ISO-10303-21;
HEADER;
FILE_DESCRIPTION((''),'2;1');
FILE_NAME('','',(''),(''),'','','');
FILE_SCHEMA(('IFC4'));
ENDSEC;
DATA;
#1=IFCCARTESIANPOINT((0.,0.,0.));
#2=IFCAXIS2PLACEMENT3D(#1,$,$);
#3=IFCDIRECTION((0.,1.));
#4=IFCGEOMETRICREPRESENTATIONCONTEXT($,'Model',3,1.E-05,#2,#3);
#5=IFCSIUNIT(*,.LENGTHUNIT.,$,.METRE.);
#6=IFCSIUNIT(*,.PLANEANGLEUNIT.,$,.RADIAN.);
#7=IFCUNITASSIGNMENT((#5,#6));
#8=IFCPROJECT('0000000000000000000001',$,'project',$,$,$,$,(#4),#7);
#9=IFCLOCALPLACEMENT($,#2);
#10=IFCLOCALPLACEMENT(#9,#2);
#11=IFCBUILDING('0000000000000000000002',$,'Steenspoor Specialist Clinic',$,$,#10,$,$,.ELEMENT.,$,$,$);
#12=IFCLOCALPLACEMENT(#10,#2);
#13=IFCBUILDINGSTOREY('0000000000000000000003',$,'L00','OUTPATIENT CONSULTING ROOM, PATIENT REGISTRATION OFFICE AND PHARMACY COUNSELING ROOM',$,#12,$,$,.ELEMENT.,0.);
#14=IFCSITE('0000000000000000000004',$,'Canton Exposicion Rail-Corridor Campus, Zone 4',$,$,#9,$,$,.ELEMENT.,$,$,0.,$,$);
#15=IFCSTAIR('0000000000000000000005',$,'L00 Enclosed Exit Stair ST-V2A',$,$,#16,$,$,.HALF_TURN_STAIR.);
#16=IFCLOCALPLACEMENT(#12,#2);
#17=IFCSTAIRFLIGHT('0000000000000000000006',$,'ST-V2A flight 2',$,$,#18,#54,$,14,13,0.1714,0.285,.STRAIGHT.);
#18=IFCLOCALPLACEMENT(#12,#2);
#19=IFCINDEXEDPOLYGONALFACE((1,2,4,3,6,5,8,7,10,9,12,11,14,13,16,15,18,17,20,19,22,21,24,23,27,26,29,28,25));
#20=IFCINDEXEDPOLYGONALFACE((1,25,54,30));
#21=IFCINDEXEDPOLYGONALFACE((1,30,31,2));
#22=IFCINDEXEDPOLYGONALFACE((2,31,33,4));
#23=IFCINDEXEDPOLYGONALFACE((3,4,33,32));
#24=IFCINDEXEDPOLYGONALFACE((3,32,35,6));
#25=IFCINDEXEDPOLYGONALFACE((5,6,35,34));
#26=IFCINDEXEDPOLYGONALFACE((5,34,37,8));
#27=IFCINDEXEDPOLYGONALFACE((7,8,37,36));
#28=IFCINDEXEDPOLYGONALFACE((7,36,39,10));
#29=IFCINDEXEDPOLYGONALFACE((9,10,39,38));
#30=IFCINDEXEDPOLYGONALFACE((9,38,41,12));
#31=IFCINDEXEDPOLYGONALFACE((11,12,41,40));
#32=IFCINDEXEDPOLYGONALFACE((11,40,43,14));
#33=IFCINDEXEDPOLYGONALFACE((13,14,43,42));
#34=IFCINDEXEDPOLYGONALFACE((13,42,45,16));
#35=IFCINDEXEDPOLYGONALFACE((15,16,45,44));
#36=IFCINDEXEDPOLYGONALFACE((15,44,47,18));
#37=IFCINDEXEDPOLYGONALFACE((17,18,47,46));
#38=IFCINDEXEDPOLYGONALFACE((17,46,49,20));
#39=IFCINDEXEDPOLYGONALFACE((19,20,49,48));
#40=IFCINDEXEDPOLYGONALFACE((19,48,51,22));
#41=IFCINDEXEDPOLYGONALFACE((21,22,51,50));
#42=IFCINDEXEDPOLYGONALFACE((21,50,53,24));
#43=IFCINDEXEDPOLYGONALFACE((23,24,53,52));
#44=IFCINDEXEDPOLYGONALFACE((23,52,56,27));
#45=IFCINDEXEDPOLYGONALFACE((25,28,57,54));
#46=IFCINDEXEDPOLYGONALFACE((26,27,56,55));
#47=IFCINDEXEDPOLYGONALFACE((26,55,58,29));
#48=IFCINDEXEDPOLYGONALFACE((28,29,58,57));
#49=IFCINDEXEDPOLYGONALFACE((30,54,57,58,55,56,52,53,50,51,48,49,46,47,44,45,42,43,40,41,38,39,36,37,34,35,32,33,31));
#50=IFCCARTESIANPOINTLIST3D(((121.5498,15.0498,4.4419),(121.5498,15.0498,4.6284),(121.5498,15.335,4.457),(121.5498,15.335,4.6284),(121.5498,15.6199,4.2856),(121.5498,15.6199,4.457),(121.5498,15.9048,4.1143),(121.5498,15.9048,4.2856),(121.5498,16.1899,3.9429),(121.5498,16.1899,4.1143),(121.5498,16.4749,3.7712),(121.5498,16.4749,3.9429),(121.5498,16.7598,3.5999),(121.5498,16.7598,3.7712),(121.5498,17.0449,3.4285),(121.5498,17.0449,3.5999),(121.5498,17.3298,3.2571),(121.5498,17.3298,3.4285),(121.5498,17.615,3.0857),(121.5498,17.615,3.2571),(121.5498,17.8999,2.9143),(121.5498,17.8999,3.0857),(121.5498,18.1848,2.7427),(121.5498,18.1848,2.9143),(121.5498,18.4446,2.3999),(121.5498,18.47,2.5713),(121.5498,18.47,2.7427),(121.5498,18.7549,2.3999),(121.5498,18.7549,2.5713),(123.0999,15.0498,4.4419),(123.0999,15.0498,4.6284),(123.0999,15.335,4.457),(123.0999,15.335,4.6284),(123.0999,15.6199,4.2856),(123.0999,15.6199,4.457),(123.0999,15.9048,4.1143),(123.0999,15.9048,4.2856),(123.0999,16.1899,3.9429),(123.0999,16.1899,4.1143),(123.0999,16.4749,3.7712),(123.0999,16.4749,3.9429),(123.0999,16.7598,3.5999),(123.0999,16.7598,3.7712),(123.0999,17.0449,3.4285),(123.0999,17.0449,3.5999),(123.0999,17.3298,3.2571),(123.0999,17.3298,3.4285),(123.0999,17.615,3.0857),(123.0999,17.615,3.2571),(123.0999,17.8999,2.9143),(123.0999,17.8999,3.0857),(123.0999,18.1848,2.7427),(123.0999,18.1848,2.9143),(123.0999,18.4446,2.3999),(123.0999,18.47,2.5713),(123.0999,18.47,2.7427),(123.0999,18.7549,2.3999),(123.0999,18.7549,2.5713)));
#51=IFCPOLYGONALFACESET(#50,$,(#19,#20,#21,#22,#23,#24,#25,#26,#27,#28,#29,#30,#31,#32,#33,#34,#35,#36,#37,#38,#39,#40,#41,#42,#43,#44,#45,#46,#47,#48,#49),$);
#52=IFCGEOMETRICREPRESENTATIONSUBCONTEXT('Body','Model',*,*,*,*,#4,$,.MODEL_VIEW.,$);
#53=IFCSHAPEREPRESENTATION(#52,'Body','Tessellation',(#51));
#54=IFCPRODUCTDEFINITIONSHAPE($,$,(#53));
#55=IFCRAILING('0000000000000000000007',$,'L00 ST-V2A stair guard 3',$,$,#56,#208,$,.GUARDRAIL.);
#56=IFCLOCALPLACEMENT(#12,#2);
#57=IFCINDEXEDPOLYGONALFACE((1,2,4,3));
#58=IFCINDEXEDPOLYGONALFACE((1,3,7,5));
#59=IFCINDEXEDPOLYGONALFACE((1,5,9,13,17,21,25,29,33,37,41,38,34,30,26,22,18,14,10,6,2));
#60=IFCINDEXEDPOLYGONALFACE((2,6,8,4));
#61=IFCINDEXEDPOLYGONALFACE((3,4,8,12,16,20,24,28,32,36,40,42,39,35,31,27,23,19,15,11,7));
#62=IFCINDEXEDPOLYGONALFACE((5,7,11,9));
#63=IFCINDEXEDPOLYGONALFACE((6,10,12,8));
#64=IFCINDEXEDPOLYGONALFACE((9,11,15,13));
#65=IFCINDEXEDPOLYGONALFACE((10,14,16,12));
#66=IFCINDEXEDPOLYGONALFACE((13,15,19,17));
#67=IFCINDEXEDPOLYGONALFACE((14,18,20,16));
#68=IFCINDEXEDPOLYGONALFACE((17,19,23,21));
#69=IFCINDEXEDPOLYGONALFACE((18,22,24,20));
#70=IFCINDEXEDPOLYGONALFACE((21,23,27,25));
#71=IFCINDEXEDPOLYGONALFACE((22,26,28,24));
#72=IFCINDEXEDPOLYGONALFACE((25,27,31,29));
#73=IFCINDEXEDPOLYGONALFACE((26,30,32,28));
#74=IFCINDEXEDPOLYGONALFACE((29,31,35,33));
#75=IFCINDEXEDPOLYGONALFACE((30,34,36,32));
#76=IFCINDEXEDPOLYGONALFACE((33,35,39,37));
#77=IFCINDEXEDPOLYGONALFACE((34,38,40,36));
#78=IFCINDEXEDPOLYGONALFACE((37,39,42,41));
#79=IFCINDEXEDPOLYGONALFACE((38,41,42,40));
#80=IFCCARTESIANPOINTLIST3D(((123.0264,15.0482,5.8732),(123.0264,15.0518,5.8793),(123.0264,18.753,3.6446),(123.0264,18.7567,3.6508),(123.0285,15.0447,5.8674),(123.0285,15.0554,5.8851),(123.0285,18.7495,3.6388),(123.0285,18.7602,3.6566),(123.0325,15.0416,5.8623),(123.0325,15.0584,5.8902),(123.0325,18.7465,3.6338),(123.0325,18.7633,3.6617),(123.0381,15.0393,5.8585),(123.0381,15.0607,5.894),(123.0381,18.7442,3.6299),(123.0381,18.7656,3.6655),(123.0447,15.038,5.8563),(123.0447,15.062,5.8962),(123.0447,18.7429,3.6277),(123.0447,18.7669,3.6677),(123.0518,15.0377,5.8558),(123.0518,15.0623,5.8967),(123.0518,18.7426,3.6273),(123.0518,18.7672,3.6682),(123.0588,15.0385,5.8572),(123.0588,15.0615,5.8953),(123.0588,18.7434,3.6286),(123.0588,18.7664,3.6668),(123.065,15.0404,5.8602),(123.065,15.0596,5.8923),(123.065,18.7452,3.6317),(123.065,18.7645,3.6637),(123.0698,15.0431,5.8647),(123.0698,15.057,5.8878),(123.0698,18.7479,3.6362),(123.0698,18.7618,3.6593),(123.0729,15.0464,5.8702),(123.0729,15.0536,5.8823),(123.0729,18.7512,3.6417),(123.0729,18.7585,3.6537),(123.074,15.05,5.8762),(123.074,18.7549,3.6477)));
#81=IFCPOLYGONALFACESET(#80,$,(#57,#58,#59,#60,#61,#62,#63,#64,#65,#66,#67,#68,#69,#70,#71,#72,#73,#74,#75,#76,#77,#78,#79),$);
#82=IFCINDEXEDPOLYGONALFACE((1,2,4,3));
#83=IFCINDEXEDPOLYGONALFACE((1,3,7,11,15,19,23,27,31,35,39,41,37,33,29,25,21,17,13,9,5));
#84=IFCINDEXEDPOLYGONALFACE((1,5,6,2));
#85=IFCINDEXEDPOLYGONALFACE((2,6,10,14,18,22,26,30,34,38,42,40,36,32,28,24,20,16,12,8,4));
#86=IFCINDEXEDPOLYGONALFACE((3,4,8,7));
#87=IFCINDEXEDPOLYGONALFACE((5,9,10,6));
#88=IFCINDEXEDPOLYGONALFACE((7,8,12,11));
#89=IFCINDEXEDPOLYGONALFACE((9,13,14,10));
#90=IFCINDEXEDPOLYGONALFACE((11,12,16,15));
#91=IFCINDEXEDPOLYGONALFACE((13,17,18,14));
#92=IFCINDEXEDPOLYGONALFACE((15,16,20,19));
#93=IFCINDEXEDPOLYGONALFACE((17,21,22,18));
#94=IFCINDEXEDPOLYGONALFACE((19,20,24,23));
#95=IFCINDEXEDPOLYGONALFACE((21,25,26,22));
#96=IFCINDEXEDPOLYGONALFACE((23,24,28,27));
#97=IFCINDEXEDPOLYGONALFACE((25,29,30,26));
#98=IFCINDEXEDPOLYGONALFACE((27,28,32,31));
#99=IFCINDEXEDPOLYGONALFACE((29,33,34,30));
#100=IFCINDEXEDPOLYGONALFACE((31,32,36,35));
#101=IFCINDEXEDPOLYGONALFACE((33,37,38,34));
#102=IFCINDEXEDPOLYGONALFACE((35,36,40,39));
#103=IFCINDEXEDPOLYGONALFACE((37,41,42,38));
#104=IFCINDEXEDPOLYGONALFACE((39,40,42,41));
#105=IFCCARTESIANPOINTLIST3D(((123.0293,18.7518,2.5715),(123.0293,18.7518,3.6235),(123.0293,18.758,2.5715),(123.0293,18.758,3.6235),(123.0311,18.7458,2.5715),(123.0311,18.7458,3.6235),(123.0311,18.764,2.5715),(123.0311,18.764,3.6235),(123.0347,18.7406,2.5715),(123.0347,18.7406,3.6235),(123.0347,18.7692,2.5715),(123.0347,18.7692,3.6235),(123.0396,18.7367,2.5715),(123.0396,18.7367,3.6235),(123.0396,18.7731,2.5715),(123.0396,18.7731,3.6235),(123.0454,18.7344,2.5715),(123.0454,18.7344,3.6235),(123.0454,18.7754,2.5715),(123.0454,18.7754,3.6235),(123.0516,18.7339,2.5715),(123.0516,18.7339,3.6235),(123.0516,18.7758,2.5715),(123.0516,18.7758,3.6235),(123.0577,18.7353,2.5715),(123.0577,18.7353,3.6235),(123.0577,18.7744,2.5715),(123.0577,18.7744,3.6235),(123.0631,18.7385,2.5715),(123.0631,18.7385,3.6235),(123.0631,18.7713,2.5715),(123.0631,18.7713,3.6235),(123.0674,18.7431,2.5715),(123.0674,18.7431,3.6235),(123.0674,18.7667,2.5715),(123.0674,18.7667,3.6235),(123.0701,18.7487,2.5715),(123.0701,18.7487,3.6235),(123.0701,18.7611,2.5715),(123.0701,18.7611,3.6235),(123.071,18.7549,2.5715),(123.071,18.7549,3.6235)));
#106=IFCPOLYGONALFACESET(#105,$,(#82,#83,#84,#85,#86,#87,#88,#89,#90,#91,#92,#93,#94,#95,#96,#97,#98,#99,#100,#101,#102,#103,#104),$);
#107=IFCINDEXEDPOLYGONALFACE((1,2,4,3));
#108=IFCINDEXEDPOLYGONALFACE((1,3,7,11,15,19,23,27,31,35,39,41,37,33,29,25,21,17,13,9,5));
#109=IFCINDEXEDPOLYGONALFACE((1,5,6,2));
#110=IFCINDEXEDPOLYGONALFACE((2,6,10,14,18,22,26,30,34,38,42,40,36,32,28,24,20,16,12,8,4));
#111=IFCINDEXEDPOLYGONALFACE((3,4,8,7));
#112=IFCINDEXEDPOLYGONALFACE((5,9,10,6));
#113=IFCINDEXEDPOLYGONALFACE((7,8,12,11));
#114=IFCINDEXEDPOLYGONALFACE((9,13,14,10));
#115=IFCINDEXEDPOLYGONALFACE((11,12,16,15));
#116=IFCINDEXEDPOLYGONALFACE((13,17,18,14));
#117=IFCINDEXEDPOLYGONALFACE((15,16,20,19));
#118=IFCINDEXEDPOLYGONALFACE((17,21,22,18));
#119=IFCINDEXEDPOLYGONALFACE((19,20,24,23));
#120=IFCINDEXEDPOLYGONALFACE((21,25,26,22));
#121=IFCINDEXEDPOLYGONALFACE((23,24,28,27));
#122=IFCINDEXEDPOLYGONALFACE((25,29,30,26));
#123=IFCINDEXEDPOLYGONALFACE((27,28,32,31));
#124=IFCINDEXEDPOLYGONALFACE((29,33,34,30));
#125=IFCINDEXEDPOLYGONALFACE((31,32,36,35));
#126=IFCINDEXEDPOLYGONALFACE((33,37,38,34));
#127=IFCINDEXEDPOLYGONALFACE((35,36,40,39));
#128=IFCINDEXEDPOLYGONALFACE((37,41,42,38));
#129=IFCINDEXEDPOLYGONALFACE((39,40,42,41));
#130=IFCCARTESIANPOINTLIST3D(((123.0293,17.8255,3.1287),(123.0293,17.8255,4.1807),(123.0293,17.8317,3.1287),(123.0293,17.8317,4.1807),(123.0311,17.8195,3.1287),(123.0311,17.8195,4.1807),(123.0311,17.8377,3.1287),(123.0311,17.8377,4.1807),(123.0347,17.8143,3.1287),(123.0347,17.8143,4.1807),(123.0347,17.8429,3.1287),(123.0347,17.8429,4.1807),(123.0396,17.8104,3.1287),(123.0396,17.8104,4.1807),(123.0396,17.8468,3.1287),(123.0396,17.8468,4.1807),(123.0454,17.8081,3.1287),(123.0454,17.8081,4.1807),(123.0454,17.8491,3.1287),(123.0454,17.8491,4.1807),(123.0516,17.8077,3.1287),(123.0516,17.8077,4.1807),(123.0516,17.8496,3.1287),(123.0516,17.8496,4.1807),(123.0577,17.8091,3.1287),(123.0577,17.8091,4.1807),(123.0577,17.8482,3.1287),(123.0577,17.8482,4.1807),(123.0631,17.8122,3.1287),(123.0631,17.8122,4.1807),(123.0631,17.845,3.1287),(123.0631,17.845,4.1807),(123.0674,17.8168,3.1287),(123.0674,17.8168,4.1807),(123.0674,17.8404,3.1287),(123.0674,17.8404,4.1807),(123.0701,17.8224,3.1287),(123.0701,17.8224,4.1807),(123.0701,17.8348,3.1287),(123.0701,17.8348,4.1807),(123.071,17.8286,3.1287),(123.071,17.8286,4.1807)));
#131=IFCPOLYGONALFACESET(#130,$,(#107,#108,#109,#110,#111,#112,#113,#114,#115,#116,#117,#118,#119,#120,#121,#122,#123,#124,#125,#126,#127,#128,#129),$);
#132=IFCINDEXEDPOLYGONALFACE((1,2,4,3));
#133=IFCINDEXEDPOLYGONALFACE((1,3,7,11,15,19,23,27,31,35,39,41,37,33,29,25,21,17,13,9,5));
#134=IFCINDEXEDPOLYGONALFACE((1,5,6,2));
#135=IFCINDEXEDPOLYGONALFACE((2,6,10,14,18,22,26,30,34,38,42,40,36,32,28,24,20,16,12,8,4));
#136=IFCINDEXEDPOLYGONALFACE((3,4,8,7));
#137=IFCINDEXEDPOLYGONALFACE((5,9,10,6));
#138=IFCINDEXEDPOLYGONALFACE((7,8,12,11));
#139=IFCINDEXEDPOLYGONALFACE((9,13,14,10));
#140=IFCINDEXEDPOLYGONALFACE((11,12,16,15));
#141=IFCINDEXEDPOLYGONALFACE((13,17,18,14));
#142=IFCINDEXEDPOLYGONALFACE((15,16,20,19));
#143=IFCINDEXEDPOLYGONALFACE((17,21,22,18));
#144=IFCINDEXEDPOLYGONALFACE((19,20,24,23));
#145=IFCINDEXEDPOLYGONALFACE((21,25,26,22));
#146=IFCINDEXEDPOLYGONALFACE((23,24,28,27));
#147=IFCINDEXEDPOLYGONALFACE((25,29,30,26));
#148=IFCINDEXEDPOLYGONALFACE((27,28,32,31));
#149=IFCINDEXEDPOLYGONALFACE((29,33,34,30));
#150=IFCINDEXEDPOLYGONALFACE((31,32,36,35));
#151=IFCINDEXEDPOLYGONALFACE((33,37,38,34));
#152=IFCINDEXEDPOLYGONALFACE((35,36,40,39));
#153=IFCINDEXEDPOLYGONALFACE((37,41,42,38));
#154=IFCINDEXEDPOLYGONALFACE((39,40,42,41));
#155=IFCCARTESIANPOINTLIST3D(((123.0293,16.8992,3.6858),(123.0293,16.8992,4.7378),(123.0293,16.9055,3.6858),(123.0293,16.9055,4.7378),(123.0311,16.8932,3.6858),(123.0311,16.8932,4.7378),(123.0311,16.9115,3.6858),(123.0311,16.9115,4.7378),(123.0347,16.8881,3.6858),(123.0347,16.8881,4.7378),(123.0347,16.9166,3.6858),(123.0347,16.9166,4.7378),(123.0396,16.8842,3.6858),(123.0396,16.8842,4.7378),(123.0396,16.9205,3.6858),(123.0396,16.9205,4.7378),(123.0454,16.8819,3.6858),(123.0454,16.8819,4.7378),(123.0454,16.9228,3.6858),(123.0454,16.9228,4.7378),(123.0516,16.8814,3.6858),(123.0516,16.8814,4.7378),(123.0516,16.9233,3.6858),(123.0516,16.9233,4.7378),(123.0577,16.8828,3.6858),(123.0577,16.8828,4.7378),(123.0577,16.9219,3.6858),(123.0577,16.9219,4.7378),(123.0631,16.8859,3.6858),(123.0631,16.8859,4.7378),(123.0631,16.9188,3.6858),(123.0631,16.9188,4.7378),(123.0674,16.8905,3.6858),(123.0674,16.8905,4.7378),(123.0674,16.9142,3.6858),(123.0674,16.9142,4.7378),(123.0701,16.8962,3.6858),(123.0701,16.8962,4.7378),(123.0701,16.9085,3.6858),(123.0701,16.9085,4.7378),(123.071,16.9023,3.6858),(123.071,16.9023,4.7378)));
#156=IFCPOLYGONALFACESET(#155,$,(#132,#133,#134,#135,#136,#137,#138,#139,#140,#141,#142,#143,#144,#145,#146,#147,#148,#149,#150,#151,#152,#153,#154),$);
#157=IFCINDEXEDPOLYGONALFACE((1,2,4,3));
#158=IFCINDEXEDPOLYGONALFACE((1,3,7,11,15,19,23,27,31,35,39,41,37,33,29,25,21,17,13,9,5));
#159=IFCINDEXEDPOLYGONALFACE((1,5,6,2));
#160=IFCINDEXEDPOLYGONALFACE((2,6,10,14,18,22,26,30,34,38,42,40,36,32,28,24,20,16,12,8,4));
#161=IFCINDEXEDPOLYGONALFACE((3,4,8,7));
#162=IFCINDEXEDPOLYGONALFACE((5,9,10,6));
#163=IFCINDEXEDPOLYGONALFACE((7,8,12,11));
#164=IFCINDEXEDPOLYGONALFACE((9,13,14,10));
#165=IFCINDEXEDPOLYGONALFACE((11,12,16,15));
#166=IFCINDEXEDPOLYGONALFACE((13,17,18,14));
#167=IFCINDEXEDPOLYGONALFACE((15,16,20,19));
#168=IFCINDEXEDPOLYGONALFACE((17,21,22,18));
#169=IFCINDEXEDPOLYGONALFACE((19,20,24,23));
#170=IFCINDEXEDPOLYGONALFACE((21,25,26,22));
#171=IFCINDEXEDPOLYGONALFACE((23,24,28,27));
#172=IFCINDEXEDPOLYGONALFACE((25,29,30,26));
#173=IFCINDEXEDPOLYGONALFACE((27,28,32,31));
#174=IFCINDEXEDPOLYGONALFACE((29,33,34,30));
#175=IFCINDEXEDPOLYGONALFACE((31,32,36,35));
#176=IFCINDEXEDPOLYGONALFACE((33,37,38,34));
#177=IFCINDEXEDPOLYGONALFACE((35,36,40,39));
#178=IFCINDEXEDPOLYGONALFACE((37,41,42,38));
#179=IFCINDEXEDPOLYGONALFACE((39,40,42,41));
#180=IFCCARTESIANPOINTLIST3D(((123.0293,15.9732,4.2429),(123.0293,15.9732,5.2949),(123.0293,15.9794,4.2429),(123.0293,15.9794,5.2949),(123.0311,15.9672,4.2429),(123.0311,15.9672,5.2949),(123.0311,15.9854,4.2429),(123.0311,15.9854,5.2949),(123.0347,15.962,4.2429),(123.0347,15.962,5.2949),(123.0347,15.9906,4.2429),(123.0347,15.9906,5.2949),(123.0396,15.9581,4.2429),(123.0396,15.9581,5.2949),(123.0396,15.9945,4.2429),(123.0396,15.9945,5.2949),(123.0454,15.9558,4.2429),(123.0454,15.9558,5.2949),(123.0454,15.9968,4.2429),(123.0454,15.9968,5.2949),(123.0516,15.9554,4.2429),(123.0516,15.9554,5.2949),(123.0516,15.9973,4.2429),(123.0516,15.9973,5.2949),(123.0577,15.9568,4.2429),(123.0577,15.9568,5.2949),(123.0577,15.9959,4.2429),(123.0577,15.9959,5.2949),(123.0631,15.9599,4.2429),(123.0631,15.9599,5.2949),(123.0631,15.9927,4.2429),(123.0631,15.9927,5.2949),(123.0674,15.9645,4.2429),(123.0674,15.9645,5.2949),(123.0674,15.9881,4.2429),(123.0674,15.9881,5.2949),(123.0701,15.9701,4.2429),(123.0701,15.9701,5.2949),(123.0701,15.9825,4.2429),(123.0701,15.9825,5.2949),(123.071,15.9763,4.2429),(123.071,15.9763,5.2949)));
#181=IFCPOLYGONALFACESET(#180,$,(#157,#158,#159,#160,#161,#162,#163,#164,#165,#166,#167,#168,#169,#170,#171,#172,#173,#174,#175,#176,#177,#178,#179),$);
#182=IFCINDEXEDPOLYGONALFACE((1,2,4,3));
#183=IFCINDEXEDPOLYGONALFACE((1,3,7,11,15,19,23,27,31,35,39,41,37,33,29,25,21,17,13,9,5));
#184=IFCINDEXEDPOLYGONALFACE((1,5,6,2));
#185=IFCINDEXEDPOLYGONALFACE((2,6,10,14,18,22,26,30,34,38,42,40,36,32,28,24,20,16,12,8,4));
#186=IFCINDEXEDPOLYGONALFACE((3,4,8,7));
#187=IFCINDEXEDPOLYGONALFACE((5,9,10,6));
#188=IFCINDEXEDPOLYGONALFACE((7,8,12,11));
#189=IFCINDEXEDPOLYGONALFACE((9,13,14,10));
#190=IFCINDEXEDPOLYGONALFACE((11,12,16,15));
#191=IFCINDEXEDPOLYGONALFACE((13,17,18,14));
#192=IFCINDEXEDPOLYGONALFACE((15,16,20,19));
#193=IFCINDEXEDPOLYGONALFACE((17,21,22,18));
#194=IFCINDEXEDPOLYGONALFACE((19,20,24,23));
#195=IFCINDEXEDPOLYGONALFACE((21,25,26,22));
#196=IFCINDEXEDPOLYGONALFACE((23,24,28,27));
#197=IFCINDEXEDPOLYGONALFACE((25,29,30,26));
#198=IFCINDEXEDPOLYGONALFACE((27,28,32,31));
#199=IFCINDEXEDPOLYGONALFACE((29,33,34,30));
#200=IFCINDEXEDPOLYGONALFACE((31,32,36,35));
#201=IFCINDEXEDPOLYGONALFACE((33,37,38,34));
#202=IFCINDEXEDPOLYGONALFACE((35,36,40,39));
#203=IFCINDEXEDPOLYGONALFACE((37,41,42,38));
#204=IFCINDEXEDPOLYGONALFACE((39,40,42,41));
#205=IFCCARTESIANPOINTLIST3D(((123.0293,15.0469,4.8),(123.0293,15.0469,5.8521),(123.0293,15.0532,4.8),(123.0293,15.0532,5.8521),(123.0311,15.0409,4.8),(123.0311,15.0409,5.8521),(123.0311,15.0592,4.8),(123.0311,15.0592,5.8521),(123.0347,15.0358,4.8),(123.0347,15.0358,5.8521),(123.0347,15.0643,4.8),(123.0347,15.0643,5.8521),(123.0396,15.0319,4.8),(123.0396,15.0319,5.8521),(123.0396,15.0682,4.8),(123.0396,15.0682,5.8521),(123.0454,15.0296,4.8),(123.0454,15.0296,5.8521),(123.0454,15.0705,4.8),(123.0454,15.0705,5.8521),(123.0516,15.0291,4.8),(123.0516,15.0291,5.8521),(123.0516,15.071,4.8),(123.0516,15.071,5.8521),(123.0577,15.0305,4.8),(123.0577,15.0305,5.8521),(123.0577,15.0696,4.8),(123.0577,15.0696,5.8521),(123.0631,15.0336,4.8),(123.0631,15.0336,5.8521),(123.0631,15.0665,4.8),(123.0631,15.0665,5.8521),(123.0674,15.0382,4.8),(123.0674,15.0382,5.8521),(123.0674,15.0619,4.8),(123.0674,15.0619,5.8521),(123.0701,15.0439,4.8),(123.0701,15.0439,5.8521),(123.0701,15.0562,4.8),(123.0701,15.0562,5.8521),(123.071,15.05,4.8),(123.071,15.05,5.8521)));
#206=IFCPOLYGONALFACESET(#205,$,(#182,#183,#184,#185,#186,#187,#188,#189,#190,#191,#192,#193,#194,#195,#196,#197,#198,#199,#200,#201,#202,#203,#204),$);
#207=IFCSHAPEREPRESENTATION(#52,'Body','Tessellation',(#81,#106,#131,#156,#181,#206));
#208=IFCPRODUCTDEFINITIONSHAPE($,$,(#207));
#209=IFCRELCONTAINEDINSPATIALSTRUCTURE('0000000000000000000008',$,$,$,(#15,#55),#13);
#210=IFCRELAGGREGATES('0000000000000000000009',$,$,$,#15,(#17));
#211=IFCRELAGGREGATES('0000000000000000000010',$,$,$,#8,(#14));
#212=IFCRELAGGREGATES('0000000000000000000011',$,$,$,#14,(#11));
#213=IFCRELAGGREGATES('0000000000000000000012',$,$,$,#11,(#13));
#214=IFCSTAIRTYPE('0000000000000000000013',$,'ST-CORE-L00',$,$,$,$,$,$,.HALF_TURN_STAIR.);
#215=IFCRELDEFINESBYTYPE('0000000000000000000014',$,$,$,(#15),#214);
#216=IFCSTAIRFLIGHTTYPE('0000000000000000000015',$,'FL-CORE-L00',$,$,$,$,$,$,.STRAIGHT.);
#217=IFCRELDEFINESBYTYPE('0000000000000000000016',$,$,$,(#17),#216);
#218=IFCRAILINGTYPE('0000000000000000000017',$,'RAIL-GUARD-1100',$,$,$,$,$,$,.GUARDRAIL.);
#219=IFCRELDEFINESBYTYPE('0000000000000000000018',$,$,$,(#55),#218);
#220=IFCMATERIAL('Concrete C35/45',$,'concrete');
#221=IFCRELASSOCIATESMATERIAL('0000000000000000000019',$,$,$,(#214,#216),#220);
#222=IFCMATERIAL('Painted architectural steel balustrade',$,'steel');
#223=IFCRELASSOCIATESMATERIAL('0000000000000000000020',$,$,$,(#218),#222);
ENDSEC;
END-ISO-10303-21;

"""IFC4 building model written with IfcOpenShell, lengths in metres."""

from ifc_helpers import new_model, si_unit, direction, frame, origin, origin_2d, place, context, subcontext, project, spatial, polyline, circle, outline, extrude, material, type_object, element, aggregate, save


model = new_model("IFC4")

# Units and contexts
model_context = context("Model", 3, precision=1e-05, world=origin(), true_north=direction((0.0, 1.0)))
body_context = subcontext(model_context, "Body", "Model", "MODEL_VIEW")
ifc_project = project(units=[si_unit("LENGTHUNIT", "METRE"), si_unit("PLANEANGLEUNIT", "RADIAN")], contexts=[model_context])

# Site, building, storey
site_placement = place(None, origin())
site = spatial("IfcSite", under=ifc_project, at=site_placement, Name="Canton Exposicion Rail-Corridor Campus, Zone 4", CompositionType="ELEMENT", RefElevation=0.0)
building_placement = place(site_placement, origin())
building = spatial("IfcBuilding", under=site, at=building_placement, Name="Steenspoor Specialist Clinic", CompositionType="ELEMENT")
storey_placement = place(building_placement, origin())
storey = spatial("IfcBuildingStorey", under=building, at=storey_placement, Name="L00", Description="OUTPATIENT CONSULTING ROOM, PATIENT REGISTRATION OFFICE AND PHARMACY COUNSELING ROOM", CompositionType="ELEMENT", Elevation=0.0)

# Shared definitions
ifc_material_1 = material(Name="Concrete C35/45", Category="concrete")

# Stair, stair flight
stair_type = type_object("IfcStairType", Name="ST-CORE-L00", PredefinedType="HALF_TURN_STAIR", material=ifc_material_1)
stair_placement = place(storey_placement, origin())
stair = element("IfcStair", 1, at=stair_placement, inside=storey, type_object=stair_type, Name="L00 Enclosed Exit Stair ST-V2A", PredefinedType="HALF_TURN_STAIR")
stair_flight_type = type_object("IfcStairFlightType", Name="FL-CORE-L00", PredefinedType="STRAIGHT", material=ifc_material_1)
stair_flight_placement = place(storey_placement, frame((122.325, 18.7549, 2.3999), z_axis=(0.0, 0.0, 1.0), x_axis=(0.0, -1.0, 0.0)))
stair_flight = element("IfcStairFlight", 2, at=stair_flight_placement, type_object=stair_flight_type, Name="ST-V2A flight 2", NumberOfRisers=14, NumberOfTreads=13, PredefinedType="STRAIGHT", RiserHeight=0.1714, TreadLength=0.285, context=body_context, shape_type="SweptSolid", body=[
    extrude(outline(polyline([(0.0, 0.0), (0.0, 0.1714), (0.2849, 0.1714), (0.2849, 0.3428), (0.5701, 0.3428), (0.5701, 0.5144), (0.855, 0.5144), (0.855, 0.6858), (1.1399, 0.6858), (1.1399, 0.8572), (1.425, 0.8572), (1.425, 1.0286), (1.71, 1.0286), (1.71, 1.2), (1.9951, 1.2), (1.9951, 1.3713), (2.28, 1.3713), (2.28, 1.543), (2.5649, 1.543), (2.5649, 1.7144), (2.8501, 1.7144), (2.8501, 1.8857), (3.135, 1.8857), (3.135, 2.0571), (3.4199, 2.0571), (3.4199, 2.2285), (3.7051, 2.2285), (3.7051, 2.3999), (3.7051, 2.042), (0.3103, 0.0), (0.0, 0.0)])), frame((0.0, 0.7749, 0.0), z_axis=(0.0, -1.0, 0.0), x_axis=(1.0, 0.0, 0.0)), (0.0, 0.0, 1.0), 1.55),
])
aggregate(stair, [stair_flight])

# Railing
ifc_material_2 = material(Name="Painted architectural steel balustrade", Category="steel")
railing_type_1 = type_object("IfcRailingType", Name="RAIL-GUARD-1100", PredefinedType="GUARDRAIL", material=ifc_material_2)
railing_1_placement = place(storey_placement, frame((123.05, 18.7549, 2.5715)))
element("IfcRailing", 3, at=railing_1_placement, inside=storey, type_object=railing_type_1, Name="L00 ST-V2A stair guard 3", PredefinedType="GUARDRAIL", context=body_context, shape_type="SweptSolid", body=[
    extrude(circle(Radius=0.0239, at=origin_2d()), frame((0.0, 0.0, 1.0762), z_axis=(0.0, -0.856919, 0.51545), x_axis=(1.0, 0.0, 0.0)), (0.0, 0.0, 1.0), 4.3235),
    extrude(circle(Radius=0.021, at=origin_2d()), origin(), (0.0, 0.0, 1.0), 1.052),
    extrude(circle(Radius=0.021, at=origin_2d()), frame((0.0, -0.9263, 0.5571)), (0.0, 0.0, 1.0), 1.052),
    extrude(circle(Radius=0.021, at=origin_2d()), frame((0.0, -1.8525, 1.1143)), (0.0, 0.0, 1.0), 1.052),
    extrude(circle(Radius=0.021, at=origin_2d()), frame((0.0, -2.7786, 1.6714)), (0.0, 0.0, 1.0), 1.052),
    extrude(circle(Radius=0.021, at=origin_2d()), frame((0.0, -3.7048, 2.2285)), (0.0, 0.0, 1.0), 1.052),
])

save(model, "model.ifc")
